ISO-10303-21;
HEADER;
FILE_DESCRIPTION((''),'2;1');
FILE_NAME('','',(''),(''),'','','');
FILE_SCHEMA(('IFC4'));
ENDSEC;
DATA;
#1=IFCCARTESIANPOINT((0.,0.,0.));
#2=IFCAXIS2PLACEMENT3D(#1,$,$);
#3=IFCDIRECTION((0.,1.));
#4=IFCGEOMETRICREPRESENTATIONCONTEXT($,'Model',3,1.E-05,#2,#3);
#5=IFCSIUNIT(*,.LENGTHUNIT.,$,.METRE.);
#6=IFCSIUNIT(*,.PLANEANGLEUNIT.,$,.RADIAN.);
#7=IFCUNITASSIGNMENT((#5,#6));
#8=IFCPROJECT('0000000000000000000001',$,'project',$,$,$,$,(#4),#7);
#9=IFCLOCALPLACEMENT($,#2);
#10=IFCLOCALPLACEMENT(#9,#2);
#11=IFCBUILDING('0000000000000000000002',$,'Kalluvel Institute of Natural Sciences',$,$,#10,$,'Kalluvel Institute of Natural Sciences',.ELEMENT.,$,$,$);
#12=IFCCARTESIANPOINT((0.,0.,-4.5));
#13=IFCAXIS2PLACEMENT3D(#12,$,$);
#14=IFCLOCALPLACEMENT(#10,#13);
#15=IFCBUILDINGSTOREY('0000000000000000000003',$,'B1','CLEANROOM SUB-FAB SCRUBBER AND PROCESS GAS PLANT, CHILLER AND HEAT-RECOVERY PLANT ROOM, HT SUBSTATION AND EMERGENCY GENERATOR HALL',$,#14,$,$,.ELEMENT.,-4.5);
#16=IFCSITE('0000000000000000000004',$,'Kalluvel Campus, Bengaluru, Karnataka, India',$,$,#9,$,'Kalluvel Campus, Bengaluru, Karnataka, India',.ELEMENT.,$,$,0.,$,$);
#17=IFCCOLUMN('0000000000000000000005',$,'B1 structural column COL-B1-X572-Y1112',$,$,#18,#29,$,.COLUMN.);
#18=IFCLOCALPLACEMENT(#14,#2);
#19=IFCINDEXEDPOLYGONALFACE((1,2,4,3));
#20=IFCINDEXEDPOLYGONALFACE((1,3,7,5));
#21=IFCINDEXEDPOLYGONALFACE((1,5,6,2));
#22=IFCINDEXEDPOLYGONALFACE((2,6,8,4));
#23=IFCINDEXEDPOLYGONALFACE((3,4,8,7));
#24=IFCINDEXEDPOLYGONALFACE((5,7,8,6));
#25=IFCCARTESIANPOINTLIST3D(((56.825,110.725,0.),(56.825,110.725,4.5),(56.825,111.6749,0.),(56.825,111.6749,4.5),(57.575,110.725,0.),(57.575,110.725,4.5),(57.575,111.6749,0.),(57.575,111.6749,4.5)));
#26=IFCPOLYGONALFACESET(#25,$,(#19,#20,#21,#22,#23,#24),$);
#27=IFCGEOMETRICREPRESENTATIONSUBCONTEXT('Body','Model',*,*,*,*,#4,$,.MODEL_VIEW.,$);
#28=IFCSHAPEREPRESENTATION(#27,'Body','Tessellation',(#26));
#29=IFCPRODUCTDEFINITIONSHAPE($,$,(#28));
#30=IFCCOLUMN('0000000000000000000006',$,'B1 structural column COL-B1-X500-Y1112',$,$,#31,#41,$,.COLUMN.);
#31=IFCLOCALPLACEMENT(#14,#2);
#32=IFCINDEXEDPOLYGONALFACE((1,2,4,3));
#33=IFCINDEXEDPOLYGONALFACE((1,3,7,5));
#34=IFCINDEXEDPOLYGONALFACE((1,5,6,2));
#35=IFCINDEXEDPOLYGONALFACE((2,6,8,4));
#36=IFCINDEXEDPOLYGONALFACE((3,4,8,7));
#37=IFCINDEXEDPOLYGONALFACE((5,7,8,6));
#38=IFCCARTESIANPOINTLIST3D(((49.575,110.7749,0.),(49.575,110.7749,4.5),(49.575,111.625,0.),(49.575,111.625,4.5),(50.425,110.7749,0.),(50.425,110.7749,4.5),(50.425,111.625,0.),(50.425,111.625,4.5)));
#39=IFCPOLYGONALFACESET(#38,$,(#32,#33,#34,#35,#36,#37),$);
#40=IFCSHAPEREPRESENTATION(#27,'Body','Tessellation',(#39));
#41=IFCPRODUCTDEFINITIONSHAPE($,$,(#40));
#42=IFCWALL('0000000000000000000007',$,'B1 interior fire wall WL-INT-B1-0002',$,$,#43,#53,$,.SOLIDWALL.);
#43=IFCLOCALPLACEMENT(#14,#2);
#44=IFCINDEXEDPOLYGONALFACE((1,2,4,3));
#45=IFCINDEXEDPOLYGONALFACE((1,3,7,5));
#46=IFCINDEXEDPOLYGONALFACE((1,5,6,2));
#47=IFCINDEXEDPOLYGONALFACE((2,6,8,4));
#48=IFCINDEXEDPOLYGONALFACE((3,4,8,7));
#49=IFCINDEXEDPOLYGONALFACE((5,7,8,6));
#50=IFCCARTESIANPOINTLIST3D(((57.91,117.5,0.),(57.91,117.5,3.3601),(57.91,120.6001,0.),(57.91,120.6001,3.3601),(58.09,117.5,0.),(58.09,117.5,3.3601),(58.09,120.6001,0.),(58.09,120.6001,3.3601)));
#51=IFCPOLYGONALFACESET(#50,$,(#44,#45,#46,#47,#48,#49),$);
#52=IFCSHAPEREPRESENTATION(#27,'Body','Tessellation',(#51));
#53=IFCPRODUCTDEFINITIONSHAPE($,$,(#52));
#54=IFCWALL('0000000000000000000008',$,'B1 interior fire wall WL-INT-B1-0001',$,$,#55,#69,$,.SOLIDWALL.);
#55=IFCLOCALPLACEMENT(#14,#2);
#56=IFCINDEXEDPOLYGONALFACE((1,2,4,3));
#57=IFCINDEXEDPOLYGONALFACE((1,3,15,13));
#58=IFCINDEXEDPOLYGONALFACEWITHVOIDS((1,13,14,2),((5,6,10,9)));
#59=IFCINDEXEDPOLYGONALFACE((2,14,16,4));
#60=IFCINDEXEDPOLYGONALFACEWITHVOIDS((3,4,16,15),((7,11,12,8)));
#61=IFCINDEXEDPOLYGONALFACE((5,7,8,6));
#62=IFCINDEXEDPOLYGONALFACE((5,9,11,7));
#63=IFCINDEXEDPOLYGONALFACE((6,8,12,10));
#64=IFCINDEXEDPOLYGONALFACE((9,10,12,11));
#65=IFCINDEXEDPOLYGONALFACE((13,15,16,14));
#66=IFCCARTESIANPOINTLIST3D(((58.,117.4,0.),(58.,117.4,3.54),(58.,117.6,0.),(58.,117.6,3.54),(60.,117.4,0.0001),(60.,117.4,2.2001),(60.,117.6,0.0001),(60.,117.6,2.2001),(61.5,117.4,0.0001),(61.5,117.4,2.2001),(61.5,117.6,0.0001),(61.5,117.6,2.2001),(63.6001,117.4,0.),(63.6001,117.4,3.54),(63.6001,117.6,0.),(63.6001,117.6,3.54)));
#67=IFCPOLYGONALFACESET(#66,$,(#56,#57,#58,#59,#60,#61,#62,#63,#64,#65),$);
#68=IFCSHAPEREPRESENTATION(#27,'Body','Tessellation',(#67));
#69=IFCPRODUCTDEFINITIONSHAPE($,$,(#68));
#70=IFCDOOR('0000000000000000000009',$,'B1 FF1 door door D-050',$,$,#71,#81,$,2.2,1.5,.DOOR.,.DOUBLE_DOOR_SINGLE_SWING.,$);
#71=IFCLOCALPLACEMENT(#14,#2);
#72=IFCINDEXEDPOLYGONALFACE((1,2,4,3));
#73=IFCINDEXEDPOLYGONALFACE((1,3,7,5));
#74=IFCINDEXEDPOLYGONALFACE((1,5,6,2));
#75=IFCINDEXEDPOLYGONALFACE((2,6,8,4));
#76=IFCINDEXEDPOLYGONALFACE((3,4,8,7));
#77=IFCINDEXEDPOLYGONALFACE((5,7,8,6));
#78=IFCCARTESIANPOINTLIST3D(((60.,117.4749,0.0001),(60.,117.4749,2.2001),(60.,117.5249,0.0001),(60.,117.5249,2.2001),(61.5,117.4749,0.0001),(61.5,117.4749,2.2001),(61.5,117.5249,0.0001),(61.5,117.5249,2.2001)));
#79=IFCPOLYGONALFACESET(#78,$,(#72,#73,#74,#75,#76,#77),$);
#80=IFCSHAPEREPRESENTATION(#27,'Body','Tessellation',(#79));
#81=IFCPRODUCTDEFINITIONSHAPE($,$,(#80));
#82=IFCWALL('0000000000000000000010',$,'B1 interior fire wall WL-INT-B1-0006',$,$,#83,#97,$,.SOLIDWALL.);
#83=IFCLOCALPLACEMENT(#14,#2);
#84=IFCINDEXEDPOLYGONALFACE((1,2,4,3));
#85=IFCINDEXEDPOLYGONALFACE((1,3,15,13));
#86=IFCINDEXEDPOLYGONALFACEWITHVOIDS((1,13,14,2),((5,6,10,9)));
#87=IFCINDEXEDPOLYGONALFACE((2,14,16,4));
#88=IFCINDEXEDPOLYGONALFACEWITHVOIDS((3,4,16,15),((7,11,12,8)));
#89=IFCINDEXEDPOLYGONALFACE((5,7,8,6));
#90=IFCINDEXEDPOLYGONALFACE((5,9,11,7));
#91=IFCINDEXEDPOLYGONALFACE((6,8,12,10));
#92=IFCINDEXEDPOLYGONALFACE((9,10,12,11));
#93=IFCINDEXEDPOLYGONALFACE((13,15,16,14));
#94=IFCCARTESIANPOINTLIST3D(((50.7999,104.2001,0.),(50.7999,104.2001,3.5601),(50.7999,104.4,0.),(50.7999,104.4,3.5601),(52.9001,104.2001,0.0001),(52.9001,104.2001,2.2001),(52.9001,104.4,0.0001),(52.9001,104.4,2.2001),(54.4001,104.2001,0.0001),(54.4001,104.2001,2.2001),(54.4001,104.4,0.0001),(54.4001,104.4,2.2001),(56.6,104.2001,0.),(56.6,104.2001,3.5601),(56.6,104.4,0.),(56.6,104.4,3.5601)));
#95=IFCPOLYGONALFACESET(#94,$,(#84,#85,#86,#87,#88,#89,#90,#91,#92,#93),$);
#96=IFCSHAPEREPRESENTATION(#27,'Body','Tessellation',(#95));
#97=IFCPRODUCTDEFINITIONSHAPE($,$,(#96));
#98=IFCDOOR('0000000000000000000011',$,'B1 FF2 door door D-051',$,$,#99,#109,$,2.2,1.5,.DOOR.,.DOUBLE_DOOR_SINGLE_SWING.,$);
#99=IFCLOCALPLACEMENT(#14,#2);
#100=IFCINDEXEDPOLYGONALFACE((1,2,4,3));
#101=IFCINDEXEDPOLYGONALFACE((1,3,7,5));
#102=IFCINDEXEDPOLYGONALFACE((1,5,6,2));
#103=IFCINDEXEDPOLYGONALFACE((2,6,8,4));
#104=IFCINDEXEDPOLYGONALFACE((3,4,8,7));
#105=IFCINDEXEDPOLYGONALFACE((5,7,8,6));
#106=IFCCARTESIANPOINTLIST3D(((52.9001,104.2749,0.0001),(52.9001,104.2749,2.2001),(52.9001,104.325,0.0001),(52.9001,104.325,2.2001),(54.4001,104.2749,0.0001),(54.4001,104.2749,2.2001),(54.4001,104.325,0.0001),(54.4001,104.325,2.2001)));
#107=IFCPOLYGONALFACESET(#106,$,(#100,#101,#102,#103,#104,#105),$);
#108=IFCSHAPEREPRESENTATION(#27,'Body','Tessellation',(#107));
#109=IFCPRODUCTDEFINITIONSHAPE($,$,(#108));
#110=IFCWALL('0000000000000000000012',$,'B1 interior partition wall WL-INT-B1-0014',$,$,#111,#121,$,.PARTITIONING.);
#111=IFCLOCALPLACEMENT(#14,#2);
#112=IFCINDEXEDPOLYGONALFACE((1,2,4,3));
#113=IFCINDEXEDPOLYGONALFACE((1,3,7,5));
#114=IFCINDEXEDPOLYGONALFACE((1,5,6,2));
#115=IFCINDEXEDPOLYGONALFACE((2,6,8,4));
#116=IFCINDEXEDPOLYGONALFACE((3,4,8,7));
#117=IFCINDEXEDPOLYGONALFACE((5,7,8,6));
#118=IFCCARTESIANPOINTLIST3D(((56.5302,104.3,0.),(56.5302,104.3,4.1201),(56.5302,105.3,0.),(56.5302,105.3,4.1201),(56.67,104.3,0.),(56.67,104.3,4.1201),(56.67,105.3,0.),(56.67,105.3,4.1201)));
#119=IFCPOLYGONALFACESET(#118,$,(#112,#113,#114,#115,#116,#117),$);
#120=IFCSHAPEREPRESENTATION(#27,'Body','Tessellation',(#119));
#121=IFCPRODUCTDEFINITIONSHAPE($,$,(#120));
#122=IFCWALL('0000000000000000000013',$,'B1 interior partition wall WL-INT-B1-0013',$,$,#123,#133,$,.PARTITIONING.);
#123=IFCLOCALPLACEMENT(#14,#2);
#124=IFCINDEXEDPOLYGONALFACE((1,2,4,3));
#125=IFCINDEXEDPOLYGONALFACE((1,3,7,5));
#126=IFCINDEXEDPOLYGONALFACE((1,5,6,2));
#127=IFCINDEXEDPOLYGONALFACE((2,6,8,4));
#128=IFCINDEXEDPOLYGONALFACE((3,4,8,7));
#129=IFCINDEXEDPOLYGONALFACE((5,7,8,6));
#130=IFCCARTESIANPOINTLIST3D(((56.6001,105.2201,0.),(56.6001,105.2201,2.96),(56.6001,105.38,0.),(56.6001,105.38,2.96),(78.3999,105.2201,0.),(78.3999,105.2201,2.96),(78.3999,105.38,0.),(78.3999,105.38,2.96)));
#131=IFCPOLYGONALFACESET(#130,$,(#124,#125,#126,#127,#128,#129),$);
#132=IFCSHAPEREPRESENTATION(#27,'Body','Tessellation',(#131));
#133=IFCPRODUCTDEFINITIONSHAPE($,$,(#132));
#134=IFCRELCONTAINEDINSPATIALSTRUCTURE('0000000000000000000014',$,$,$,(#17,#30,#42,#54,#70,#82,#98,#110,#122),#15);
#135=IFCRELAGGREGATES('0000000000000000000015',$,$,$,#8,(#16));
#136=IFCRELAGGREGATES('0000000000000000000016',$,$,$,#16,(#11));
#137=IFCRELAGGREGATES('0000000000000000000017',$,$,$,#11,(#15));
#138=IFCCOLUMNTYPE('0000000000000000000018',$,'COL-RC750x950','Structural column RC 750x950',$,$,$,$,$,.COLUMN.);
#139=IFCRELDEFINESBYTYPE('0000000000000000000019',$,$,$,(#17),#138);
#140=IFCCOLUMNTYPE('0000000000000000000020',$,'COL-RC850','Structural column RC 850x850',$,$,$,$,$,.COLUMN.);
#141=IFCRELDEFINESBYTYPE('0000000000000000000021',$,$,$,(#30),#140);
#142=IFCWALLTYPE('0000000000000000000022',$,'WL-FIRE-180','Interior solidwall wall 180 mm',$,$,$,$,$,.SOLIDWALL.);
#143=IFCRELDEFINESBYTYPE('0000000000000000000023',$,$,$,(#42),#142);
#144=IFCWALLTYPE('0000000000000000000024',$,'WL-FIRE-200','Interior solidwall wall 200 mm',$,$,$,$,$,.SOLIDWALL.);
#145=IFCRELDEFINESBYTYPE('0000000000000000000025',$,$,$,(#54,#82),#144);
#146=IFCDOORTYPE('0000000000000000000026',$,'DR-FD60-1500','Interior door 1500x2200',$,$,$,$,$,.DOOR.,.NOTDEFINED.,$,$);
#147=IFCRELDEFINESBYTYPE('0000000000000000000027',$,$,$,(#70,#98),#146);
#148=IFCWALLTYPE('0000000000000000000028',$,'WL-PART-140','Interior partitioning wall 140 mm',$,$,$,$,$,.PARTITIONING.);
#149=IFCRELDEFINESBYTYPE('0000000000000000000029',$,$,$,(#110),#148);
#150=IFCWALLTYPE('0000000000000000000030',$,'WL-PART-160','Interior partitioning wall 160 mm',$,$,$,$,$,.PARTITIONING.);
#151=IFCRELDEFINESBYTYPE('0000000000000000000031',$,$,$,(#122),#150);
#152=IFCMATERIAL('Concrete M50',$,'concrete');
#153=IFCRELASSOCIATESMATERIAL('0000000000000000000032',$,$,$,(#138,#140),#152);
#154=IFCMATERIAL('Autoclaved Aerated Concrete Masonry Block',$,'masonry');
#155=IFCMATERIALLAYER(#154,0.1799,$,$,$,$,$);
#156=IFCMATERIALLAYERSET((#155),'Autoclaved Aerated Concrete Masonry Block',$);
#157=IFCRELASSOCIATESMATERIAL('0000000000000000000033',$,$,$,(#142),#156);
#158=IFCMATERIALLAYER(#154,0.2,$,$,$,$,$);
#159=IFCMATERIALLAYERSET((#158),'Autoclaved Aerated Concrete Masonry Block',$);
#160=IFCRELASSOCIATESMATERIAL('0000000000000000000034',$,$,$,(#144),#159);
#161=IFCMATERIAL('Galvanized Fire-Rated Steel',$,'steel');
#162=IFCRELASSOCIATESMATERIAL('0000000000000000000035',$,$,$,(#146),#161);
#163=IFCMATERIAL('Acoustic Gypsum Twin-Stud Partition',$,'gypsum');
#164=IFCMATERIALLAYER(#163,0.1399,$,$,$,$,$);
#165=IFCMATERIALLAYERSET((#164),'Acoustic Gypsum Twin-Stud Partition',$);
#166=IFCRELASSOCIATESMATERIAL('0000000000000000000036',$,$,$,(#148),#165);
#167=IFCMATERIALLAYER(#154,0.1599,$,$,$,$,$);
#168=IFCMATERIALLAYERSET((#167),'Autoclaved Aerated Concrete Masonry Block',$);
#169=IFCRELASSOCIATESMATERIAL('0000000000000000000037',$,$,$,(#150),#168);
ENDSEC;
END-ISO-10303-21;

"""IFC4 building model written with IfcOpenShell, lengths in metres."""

from ifc_helpers import new_model, si_unit, direction, frame, frame_2d, origin, origin_2d, place, context, subcontext, project, spatial, rectangle, extrude, material, layer, layer_set, material_profile, profile_set, type_object, element, fill, save


model = new_model("IFC4")

# Units and contexts
model_context = context("Model", 3, precision=1e-05, world=origin(), true_north=direction((0.0, 1.0)))
body_context = subcontext(model_context, "Body", "Model", "MODEL_VIEW")
ifc_project = project(units=[si_unit("LENGTHUNIT", "METRE"), si_unit("PLANEANGLEUNIT", "RADIAN")], contexts=[model_context])

# Site, building, storey
site_placement = place(None, origin())
site = spatial("IfcSite", under=ifc_project, at=site_placement, Name="Kalluvel Campus, Bengaluru, Karnataka, India", LongName="Kalluvel Campus, Bengaluru, Karnataka, India", CompositionType="ELEMENT", RefElevation=0.0)
building_placement = place(site_placement, origin())
building = spatial("IfcBuilding", under=site, at=building_placement, Name="Kalluvel Institute of Natural Sciences", LongName="Kalluvel Institute of Natural Sciences", CompositionType="ELEMENT")
storey_placement = place(building_placement, frame((0.0, 0.0, -4.5)))
storey = spatial("IfcBuildingStorey", under=building, at=storey_placement, Name="B1", Description="CLEANROOM SUB-FAB SCRUBBER AND PROCESS GAS PLANT, CHILLER AND HEAT-RECOVERY PLANT ROOM, HT SUBSTATION AND EMERGENCY GENERATOR HALL", CompositionType="ELEMENT", Elevation=-4.5)

# Columns
ifc_material_1 = material(Name="Concrete M50", Category="concrete")
ifc_material_profile_1 = material_profile(ifc_material_1, rectangle(XDim=0.75, YDim=0.95, at=origin_2d()), Name="RC 750x950")
ifc_profile_set_1 = profile_set([ifc_material_profile_1], Name="Concrete M50")
column_type_1 = type_object("IfcColumnType", Name="COL-RC750x950", Description="Structural column RC 750x950", PredefinedType="COLUMN", material=ifc_profile_set_1)
column_1_placement = place(storey_placement, frame((57.2, 111.2, 0.0), z_axis=(0.0, 0.0, 1.0), x_axis=(1.0, 0.0, 0.0)))
element("IfcColumn", 1, at=column_1_placement, inside=storey, type_object=column_type_1, Name="B1 structural column COL-B1-X572-Y1112", PredefinedType="COLUMN", context=body_context, shape_type="SweptSolid", body=[
    extrude(rectangle(XDim=0.75, YDim=0.95, at=origin_2d()), origin(), (0.0, 0.0, 1.0), 4.5),
])
ifc_material_profile_2 = material_profile(ifc_material_1, rectangle(XDim=0.8501, YDim=0.8501, at=origin_2d()), Name="RC 850x850")
ifc_profile_set_2 = profile_set([ifc_material_profile_2], Name="Concrete M50")
column_type_2 = type_object("IfcColumnType", Name="COL-RC850", Description="Structural column RC 850x850", PredefinedType="COLUMN", material=ifc_profile_set_2)
column_2_placement = place(storey_placement, frame((50.0, 111.2, 0.0), z_axis=(0.0, 0.0, 1.0), x_axis=(1.0, 0.0, 0.0)))
element("IfcColumn", 2, at=column_2_placement, inside=storey, type_object=column_type_2, Name="B1 structural column COL-B1-X500-Y1112", PredefinedType="COLUMN", context=body_context, shape_type="SweptSolid", body=[
    extrude(rectangle(XDim=0.8501, YDim=0.8501, at=origin_2d()), origin(), (0.0, 0.0, 1.0), 4.5),
])

# Wall
ifc_material_2 = material(Name="Autoclaved Aerated Concrete Masonry Block", Category="masonry")
ifc_layer_1 = layer(ifc_material_2, 0.1799)
ifc_layer_set_1 = layer_set([ifc_layer_1], Name="Autoclaved Aerated Concrete Masonry Block")
wall_type_1 = type_object("IfcWallType", Name="WL-FIRE-180", Description="Interior solidwall wall 180 mm", PredefinedType="SOLIDWALL", material=ifc_layer_set_1)
wall_1_placement = place(storey_placement, frame((58.0, 117.5, 0.0), z_axis=(0.0, 0.0, 1.0), x_axis=(0.0, 1.0, 0.0)))
element("IfcWall", 3, at=wall_1_placement, inside=storey, type_object=wall_type_1, Name="B1 interior fire wall WL-INT-B1-0002", PredefinedType="SOLIDWALL", context=body_context, shape_type="SweptSolid", body=[
    extrude(rectangle(XDim=3.1001, YDim=0.1799, at=frame_2d((1.55, 0.0))), origin(), (0.0, 0.0, 1.0), 3.3601),
])

# Walls, openings, doors
ifc_layer_2 = layer(ifc_material_2, 0.2)
ifc_layer_set_2 = layer_set([ifc_layer_2], Name="Autoclaved Aerated Concrete Masonry Block")
wall_type_2 = type_object("IfcWallType", Name="WL-FIRE-200", Description="Interior solidwall wall 200 mm", PredefinedType="SOLIDWALL", material=ifc_layer_set_2)
wall_2_placement = place(storey_placement, frame((58.0, 117.5, 0.0), z_axis=(0.0, 0.0, 1.0), x_axis=(1.0, 0.0, 0.0)))
wall_2 = element("IfcWall", 4, at=wall_2_placement, inside=storey, type_object=wall_type_2, Name="B1 interior fire wall WL-INT-B1-0001", PredefinedType="SOLIDWALL", context=body_context, shape_type="SweptSolid", body=[
    extrude(rectangle(XDim=5.6001, YDim=0.2, at=frame_2d((2.8, 0.0))), origin(), (0.0, 0.0, 1.0), 3.54),
])
opening_1_placement = place(wall_2_placement, frame((2.0, 0.0, 0.0)))
opening_1 = element("IfcOpeningElement", 5, at=opening_1_placement, cuts=wall_2, PredefinedType="OPENING", context=body_context, shape_type="SweptSolid", body=[
    extrude(rectangle(XDim=1.5, YDim=2.2, at=frame_2d((0.75, 1.1001))), frame((0.0, 0.1099, 0.0), z_axis=(0.0, -1.0, 0.0), x_axis=(1.0, 0.0, 0.0)), (0.0, 0.0, 1.0), 0.22),
])
ifc_material_3 = material(Name="Galvanized Fire-Rated Steel", Category="steel")
door_type = type_object("IfcDoorType", Name="DR-FD60-1500", Description="Interior door 1500x2200", OperationType="NOTDEFINED", PredefinedType="DOOR", material=ifc_material_3)
door_1_placement = place(opening_1_placement, origin())
door_1 = element("IfcDoor", 6, at=door_1_placement, inside=storey, type_object=door_type, Name="B1 FF1 door door D-050", OperationType="DOUBLE_DOOR_SINGLE_SWING", OverallHeight=2.2, OverallWidth=1.5, PredefinedType="DOOR", context=body_context, shape_type="SweptSolid", body=[
    extrude(rectangle(XDim=1.5, YDim=2.2, at=frame_2d((0.75, 1.1001))), frame((0.0, 0.0249, 0.0), z_axis=(0.0, -1.0, 0.0), x_axis=(1.0, 0.0, 0.0)), (0.0, 0.0, 1.0), 0.05),
])
fill(opening_1, door_1)
wall_3_placement = place(storey_placement, frame((50.8, 104.3, 0.0), z_axis=(0.0, 0.0, 1.0), x_axis=(1.0, 0.0, 0.0)))
wall_3 = element("IfcWall", 7, at=wall_3_placement, inside=storey, type_object=wall_type_2, Name="B1 interior fire wall WL-INT-B1-0006", PredefinedType="SOLIDWALL", context=body_context, shape_type="SweptSolid", body=[
    extrude(rectangle(XDim=5.8, YDim=0.2, at=frame_2d((2.8999, 0.0))), origin(), (0.0, 0.0, 1.0), 3.5601),
])
opening_2_placement = place(wall_3_placement, frame((2.1001, 0.0, 0.0)))
opening_2 = element("IfcOpeningElement", 8, at=opening_2_placement, cuts=wall_3, PredefinedType="OPENING", context=body_context, shape_type="SweptSolid", body=[
    extrude(rectangle(XDim=1.5, YDim=2.2, at=frame_2d((0.75, 1.1001))), frame((0.0, 0.1099, 0.0), z_axis=(0.0, -1.0, 0.0), x_axis=(1.0, 0.0, 0.0)), (0.0, 0.0, 1.0), 0.22),
])
door_2_placement = place(opening_2_placement, origin())
door_2 = element("IfcDoor", 9, at=door_2_placement, inside=storey, type_object=door_type, Name="B1 FF2 door door D-051", OperationType="DOUBLE_DOOR_SINGLE_SWING", OverallHeight=2.2, OverallWidth=1.5, PredefinedType="DOOR", context=body_context, shape_type="SweptSolid", body=[
    extrude(rectangle(XDim=1.5, YDim=2.2, at=frame_2d((0.75, 1.1001))), frame((0.0, 0.0249, 0.0), z_axis=(0.0, -1.0, 0.0), x_axis=(1.0, 0.0, 0.0)), (0.0, 0.0, 1.0), 0.05),
])
fill(opening_2, door_2)

# Walls
ifc_material_4 = material(Name="Acoustic Gypsum Twin-Stud Partition", Category="gypsum")
ifc_layer_3 = layer(ifc_material_4, 0.1399)
ifc_layer_set_3 = layer_set([ifc_layer_3], Name="Acoustic Gypsum Twin-Stud Partition")
wall_type_3 = type_object("IfcWallType", Name="WL-PART-140", Description="Interior partitioning wall 140 mm", PredefinedType="PARTITIONING", material=ifc_layer_set_3)
wall_4_placement = place(storey_placement, frame((56.6001, 104.3, 0.0), z_axis=(0.0, 0.0, 1.0), x_axis=(0.0, 1.0, 0.0)))
element("IfcWall", 10, at=wall_4_placement, inside=storey, type_object=wall_type_3, Name="B1 interior partition wall WL-INT-B1-0014", PredefinedType="PARTITIONING", context=body_context, shape_type="SweptSolid", body=[
    extrude(rectangle(XDim=1.0, YDim=0.1399, at=frame_2d((0.5, 0.0))), origin(), (0.0, 0.0, 1.0), 4.1201),
])
ifc_layer_4 = layer(ifc_material_2, 0.1599)
ifc_layer_set_4 = layer_set([ifc_layer_4], Name="Autoclaved Aerated Concrete Masonry Block")
wall_type_4 = type_object("IfcWallType", Name="WL-PART-160", Description="Interior partitioning wall 160 mm", PredefinedType="PARTITIONING", material=ifc_layer_set_4)
wall_5_placement = place(storey_placement, frame((56.6001, 105.3, 0.0), z_axis=(0.0, 0.0, 1.0), x_axis=(1.0, 0.0, 0.0)))
element("IfcWall", 11, at=wall_5_placement, inside=storey, type_object=wall_type_4, Name="B1 interior partition wall WL-INT-B1-0013", PredefinedType="PARTITIONING", context=body_context, shape_type="SweptSolid", body=[
    extrude(rectangle(XDim=21.7998, YDim=0.1599, at=frame_2d((10.8999, 0.0))), origin(), (0.0, 0.0, 1.0), 2.96),
])

save(model, "model.ifc")
